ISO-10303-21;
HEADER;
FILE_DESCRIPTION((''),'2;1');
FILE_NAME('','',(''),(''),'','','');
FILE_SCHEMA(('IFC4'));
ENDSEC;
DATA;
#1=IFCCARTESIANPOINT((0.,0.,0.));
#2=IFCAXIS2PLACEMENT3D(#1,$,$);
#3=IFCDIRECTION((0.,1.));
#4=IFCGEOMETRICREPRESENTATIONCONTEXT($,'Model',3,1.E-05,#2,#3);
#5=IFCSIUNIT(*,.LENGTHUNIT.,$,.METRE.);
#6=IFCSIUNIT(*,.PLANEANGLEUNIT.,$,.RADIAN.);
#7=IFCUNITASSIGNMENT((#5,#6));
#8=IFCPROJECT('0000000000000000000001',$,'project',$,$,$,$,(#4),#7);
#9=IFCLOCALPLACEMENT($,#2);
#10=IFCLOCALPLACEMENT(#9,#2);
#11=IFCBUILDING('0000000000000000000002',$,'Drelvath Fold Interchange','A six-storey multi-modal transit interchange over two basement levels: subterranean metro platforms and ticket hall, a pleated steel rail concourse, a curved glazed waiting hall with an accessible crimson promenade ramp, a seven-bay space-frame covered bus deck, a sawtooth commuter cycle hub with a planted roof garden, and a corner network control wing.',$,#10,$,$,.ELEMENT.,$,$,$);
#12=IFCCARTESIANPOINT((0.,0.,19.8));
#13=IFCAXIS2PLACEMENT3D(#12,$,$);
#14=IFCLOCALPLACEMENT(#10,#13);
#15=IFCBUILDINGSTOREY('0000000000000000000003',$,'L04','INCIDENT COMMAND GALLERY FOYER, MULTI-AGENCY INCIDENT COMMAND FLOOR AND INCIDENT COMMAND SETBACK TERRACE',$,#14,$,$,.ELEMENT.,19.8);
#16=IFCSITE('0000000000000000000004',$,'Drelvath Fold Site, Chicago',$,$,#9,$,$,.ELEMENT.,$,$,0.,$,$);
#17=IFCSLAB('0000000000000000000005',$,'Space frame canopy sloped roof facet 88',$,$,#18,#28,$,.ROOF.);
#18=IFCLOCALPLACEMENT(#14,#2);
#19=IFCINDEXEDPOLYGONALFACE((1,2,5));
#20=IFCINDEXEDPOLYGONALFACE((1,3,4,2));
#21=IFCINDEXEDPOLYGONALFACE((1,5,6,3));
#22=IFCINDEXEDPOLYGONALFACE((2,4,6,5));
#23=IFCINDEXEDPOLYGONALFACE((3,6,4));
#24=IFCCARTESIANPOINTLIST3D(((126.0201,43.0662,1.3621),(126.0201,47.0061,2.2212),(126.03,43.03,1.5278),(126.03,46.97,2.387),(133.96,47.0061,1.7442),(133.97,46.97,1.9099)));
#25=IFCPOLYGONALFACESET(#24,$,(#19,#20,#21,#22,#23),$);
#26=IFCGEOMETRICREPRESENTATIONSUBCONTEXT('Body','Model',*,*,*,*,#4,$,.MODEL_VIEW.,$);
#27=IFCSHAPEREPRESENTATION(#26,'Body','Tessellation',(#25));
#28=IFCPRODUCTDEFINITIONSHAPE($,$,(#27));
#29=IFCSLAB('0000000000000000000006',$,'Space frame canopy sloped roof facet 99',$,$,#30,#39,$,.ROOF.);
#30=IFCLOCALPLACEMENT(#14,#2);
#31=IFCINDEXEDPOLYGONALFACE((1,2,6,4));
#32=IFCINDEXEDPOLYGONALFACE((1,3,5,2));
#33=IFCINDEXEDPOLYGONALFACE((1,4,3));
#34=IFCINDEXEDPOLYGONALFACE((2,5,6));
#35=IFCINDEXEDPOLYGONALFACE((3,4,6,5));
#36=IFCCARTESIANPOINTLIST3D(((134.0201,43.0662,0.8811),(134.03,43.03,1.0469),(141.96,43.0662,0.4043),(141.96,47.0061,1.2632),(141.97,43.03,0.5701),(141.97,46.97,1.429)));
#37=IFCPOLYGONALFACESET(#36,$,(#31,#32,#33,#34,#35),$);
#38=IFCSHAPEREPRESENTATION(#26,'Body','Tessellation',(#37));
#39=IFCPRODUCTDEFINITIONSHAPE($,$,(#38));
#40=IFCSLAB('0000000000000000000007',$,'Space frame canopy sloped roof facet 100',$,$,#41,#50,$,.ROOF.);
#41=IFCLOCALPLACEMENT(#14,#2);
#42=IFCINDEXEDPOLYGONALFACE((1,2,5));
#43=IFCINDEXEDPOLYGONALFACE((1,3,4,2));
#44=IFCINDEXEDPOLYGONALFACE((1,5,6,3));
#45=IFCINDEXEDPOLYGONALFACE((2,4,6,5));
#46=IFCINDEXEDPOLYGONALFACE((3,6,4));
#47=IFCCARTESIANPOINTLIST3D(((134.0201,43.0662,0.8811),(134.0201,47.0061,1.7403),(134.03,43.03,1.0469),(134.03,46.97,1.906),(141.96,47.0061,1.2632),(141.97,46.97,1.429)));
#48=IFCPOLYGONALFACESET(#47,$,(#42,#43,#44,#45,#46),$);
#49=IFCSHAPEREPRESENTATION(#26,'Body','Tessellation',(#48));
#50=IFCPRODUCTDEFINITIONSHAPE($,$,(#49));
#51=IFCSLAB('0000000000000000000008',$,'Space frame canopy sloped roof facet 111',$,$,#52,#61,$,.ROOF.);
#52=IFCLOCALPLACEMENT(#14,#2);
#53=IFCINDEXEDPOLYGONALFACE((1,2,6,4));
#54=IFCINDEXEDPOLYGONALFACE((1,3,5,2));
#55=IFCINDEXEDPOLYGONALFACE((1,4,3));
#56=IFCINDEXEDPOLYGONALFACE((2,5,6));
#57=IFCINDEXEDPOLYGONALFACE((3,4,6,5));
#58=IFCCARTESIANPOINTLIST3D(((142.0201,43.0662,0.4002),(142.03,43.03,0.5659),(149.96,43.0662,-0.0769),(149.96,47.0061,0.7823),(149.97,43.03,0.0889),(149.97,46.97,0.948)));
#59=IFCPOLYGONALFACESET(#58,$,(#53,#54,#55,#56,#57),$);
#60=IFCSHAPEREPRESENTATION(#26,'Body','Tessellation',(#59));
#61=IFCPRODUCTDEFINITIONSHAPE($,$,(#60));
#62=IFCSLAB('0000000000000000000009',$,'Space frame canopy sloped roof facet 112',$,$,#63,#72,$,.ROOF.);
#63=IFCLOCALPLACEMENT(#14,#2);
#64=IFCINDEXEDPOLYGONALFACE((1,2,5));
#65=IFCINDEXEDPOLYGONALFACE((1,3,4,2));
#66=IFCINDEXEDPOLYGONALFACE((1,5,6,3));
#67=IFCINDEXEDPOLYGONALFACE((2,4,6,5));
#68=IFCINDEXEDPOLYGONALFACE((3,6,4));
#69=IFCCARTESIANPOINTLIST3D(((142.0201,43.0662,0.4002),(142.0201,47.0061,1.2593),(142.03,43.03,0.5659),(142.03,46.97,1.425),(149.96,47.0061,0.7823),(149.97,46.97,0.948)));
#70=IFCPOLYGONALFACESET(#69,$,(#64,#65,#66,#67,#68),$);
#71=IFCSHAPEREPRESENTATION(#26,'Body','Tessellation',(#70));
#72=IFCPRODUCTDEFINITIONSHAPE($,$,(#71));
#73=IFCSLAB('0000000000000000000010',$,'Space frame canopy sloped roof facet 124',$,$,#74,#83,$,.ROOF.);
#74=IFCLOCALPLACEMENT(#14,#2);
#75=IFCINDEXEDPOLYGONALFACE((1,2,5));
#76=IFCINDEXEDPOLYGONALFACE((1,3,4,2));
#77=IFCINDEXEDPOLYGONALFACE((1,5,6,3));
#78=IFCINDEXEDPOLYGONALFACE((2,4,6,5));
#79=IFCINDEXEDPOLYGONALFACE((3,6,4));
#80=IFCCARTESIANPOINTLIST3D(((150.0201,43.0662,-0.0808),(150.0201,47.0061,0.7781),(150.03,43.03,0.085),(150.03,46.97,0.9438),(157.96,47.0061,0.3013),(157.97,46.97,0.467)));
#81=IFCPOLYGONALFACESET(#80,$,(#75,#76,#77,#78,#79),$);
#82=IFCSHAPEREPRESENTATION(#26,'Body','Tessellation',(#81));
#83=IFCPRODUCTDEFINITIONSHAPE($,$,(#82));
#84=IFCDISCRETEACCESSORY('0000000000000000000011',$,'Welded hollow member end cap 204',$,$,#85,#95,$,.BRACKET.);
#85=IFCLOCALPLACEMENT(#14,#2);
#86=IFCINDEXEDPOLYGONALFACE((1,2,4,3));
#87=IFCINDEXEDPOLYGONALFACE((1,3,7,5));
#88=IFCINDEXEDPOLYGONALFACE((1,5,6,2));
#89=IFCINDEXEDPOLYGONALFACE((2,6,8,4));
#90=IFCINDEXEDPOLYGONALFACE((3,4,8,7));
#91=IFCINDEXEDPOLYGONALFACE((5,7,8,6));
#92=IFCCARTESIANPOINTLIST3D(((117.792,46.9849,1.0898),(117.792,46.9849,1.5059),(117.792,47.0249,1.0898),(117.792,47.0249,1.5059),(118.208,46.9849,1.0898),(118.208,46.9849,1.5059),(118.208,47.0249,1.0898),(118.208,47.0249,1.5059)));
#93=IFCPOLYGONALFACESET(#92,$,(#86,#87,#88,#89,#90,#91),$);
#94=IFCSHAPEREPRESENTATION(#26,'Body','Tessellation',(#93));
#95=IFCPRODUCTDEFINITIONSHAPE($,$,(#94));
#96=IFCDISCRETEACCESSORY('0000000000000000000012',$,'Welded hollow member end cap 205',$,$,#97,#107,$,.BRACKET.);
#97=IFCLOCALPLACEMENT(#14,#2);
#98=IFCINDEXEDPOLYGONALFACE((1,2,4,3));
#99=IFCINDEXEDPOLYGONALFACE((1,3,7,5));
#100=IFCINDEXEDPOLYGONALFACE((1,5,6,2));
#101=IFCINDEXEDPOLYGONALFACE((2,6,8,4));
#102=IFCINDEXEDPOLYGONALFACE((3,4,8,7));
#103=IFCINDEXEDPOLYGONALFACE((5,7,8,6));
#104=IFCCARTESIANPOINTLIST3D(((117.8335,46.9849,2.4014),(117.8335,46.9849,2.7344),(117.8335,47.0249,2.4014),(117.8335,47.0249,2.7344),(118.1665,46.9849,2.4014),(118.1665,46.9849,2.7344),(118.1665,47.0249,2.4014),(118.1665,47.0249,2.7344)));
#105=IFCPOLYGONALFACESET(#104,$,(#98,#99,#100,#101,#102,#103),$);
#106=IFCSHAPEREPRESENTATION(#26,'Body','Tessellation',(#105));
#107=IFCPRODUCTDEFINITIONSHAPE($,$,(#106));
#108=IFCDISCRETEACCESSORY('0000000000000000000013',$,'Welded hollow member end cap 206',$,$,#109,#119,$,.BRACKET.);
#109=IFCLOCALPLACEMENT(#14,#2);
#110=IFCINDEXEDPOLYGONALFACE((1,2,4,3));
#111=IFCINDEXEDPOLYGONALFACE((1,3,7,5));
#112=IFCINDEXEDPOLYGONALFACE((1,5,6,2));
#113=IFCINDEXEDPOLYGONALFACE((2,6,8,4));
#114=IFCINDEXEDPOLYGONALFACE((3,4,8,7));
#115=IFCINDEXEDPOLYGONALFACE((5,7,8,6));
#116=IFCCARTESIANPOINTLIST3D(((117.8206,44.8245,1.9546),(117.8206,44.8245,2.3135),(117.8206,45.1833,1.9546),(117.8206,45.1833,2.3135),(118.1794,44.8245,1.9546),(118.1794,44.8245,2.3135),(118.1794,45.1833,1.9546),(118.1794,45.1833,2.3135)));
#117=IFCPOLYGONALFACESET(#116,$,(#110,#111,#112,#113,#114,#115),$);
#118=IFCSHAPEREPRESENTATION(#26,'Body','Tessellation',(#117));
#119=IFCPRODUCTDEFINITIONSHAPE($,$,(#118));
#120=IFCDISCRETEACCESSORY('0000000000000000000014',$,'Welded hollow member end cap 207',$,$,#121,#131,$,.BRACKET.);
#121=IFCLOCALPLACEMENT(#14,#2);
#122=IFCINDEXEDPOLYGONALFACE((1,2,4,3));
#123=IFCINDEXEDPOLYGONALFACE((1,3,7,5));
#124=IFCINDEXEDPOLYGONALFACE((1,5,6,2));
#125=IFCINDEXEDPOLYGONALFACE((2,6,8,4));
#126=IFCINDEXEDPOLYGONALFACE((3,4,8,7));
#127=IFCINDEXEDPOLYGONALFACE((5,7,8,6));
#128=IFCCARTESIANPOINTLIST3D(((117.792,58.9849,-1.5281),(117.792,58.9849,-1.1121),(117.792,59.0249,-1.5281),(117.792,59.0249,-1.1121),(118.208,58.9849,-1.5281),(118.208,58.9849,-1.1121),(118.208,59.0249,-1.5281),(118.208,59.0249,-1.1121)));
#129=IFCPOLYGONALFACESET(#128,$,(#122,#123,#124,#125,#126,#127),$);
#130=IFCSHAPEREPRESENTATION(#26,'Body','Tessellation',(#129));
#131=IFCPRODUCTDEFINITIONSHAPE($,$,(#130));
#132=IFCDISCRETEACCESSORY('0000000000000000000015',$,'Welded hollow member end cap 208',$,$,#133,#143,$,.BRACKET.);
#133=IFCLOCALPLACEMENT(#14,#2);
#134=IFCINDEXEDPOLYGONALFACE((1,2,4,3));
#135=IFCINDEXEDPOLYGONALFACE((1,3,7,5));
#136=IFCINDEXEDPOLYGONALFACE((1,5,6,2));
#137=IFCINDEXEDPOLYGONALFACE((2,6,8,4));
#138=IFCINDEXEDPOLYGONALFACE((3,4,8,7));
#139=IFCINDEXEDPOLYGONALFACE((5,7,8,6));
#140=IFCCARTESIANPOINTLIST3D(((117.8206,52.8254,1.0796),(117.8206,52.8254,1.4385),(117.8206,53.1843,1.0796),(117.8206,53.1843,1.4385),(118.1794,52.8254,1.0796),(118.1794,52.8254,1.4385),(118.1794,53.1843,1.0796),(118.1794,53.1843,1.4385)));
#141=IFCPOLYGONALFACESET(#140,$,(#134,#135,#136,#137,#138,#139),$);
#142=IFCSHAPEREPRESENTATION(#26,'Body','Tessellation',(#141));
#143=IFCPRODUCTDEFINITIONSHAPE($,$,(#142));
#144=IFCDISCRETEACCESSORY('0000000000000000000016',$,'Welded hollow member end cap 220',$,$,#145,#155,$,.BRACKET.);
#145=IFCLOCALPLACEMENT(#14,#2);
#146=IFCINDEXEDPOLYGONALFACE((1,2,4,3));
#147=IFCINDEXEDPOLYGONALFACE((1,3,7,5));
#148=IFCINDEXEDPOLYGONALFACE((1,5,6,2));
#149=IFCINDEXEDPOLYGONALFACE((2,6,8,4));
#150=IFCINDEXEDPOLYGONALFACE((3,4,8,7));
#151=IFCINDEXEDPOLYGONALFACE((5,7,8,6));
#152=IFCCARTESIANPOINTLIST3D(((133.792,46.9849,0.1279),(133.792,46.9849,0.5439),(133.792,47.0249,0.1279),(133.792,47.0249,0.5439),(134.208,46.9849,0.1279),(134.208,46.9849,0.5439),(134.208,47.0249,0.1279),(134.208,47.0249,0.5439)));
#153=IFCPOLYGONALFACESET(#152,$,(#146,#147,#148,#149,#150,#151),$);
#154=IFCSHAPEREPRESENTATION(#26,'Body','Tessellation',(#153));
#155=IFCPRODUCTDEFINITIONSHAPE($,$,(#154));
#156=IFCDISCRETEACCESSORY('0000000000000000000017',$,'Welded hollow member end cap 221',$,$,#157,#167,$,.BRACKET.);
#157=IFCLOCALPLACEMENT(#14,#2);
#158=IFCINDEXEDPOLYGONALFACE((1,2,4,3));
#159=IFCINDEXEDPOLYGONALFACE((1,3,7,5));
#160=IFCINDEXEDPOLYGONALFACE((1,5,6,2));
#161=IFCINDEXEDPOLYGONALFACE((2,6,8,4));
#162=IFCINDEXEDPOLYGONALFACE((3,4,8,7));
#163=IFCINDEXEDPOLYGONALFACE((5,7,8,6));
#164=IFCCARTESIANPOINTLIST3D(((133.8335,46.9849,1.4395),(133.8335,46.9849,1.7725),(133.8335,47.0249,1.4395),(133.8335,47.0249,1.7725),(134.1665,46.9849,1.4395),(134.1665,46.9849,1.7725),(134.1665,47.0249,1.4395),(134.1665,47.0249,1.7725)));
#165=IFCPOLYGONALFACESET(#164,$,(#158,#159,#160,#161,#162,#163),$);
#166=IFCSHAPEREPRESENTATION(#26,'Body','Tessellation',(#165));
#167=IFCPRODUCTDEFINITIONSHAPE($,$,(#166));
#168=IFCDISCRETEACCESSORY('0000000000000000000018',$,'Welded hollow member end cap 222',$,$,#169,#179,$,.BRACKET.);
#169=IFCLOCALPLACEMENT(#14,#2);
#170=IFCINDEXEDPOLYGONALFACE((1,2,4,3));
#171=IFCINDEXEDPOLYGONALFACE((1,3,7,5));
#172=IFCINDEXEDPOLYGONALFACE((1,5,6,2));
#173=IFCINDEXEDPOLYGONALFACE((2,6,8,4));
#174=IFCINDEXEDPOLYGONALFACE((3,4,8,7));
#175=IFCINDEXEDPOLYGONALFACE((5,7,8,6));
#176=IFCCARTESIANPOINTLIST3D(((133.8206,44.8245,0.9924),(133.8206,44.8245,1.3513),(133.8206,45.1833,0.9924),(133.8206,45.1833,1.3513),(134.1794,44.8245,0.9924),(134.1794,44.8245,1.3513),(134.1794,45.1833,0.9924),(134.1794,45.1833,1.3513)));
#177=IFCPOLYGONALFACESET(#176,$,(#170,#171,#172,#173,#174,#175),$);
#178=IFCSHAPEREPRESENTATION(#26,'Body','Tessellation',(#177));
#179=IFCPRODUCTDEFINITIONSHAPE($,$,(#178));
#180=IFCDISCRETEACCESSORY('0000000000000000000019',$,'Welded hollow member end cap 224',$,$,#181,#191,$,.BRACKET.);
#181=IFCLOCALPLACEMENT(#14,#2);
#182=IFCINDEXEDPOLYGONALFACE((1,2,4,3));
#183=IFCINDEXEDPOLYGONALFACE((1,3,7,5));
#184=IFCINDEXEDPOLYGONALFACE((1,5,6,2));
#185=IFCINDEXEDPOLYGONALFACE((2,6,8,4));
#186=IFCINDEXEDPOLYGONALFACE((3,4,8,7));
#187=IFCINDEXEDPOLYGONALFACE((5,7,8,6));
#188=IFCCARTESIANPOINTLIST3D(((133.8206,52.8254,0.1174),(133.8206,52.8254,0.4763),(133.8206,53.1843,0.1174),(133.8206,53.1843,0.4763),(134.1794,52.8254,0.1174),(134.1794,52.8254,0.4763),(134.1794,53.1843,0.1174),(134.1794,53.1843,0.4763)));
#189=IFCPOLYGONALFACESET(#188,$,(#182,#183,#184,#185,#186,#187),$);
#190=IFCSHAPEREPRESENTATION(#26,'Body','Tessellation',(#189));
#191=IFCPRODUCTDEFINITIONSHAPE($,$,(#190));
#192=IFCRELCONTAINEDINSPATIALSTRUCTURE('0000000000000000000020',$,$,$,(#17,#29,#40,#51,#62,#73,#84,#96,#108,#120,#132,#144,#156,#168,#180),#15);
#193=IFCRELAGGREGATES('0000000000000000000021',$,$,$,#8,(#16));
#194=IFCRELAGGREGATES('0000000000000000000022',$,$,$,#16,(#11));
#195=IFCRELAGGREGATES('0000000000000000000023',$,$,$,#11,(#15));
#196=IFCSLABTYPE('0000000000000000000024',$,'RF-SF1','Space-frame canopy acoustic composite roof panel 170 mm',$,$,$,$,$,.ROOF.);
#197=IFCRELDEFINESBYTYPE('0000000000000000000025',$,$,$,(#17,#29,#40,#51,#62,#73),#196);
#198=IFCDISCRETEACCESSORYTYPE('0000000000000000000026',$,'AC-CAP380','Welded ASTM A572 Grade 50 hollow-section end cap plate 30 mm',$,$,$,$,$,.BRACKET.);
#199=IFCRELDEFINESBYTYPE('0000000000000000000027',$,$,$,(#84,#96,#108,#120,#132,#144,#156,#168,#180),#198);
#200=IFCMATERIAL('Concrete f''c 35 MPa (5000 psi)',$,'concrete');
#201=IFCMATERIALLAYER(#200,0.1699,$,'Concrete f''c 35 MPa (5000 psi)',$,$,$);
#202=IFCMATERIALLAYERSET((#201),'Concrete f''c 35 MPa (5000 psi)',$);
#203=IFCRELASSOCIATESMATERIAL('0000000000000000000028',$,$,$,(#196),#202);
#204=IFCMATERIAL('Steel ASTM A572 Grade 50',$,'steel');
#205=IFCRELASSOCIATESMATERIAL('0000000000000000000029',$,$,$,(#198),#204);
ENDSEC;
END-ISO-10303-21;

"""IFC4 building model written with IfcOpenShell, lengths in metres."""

from ifc_helpers import new_model, si_unit, direction, frame, origin, origin_2d, place, context, subcontext, project, spatial, polyline, rectangle, outline, extrude, material, layer, layer_set, type_object, element, save


model = new_model("IFC4")

# Units and contexts
model_context = context("Model", 3, precision=1e-05, world=origin(), true_north=direction((0.0, 1.0)))
body_context = subcontext(model_context, "Body", "Model", "MODEL_VIEW")
ifc_project = project(units=[si_unit("LENGTHUNIT", "METRE"), si_unit("PLANEANGLEUNIT", "RADIAN")], contexts=[model_context])

# Site, building, storey
site_placement = place(None, origin())
site = spatial("IfcSite", under=ifc_project, at=site_placement, Name="Drelvath Fold Site, Chicago", CompositionType="ELEMENT", RefElevation=0.0)
building_placement = place(site_placement, origin())
building = spatial("IfcBuilding", under=site, at=building_placement, Name="Drelvath Fold Interchange", Description="A six-storey multi-modal transit interchange over two basement levels: subterranean metro platforms and ticket hall, a pleated steel rail concourse, a curved glazed waiting hall with an accessible crimson promenade ramp, a seven-bay space-frame covered bus deck, a sawtooth commuter cycle hub with a planted roof garden, and a corner network control wing.", CompositionType="ELEMENT")
storey_placement = place(building_placement, frame((0.0, 0.0, 19.8)))
storey = spatial("IfcBuildingStorey", under=building, at=storey_placement, Name="L04", Description="INCIDENT COMMAND GALLERY FOYER, MULTI-AGENCY INCIDENT COMMAND FLOOR AND INCIDENT COMMAND SETBACK TERRACE", CompositionType="ELEMENT", Elevation=19.8)

# Slabs
ifc_material_1 = material(Name="Concrete f'c 35 MPa (5000 psi)", Category="concrete")
ifc_layer = layer(ifc_material_1, 0.1699, Name="Concrete f'c 35 MPa (5000 psi)")
ifc_layer_set = layer_set([ifc_layer], Name="Concrete f'c 35 MPa (5000 psi)")
slab_type = type_object("IfcSlabType", Name="RF-SF1", Description="Space-frame canopy acoustic composite roof panel 170 mm", PredefinedType="ROOF", material=ifc_layer_set)
slab_1_placement = place(storey_placement, frame((126.03, 43.03, 1.5278), z_axis=(0.058602, -0.212684, 0.975362), x_axis=(0.894947, 0.444089, 0.043066)))
element("IfcSlab", 1, at=slab_1_placement, inside=storey, type_object=slab_type, Name="Space frame canopy sloped roof facet 88", PredefinedType="ROOF", context=body_context, shape_type="SweptSolid", body=[
    extrude(outline(polyline([(0.0, 0.0), (8.872, 0.0), (1.7867, 3.6151), (0.0, 0.0)])), origin(), (0.0, 0.0, -1.0), 0.1699),
])
slab_2_placement = place(storey_placement, frame((134.03, 43.03, 1.0469), z_axis=(0.058573, -0.212627, 0.975376), x_axis=(0.998202, 0.0, -0.059944)))
element("IfcSlab", 2, at=slab_2_placement, inside=storey, type_object=slab_type, Name="Space frame canopy sloped roof facet 99", PredefinedType="ROOF", context=body_context, shape_type="SweptSolid", body=[
    extrude(outline(polyline([(0.0, 0.0), (7.9542, 0.0), (7.9028, 4.0321), (0.0, 0.0)])), origin(), (0.0, 0.0, -1.0), 0.1699),
])
slab_3_placement = place(storey_placement, frame((134.03, 43.03, 1.0469), z_axis=(0.058602, -0.212684, 0.975362), x_axis=(0.894947, 0.444089, 0.043066)))
element("IfcSlab", 3, at=slab_3_placement, inside=storey, type_object=slab_type, Name="Space frame canopy sloped roof facet 100", PredefinedType="ROOF", context=body_context, shape_type="SweptSolid", body=[
    extrude(outline(polyline([(0.0, 0.0), (8.872, 0.0), (1.7867, 3.6151), (0.0, 0.0)])), origin(), (0.0, 0.0, -1.0), 0.1699),
])
slab_4_placement = place(storey_placement, frame((142.03, 43.03, 0.5659), z_axis=(0.058602, -0.212684, 0.975362), x_axis=(0.9982, 0.0, -0.059974)))
element("IfcSlab", 4, at=slab_4_placement, inside=storey, type_object=slab_type, Name="Space frame canopy sloped roof facet 111", PredefinedType="ROOF", context=body_context, shape_type="SweptSolid", body=[
    extrude(outline(polyline([(0.0, 0.0), (7.9543, 0.0), (7.9027, 4.0322), (0.0, 0.0)])), origin(), (0.0, 0.0, -1.0), 0.1699),
])
slab_5_placement = place(storey_placement, frame((142.03, 43.03, 0.5659), z_axis=(0.058602, -0.212684, 0.975362), x_axis=(0.894947, 0.444089, 0.043066)))
element("IfcSlab", 5, at=slab_5_placement, inside=storey, type_object=slab_type, Name="Space frame canopy sloped roof facet 112", PredefinedType="ROOF", context=body_context, shape_type="SweptSolid", body=[
    extrude(outline(polyline([(0.0, 0.0), (8.872, 0.0), (1.7867, 3.6151), (0.0, 0.0)])), origin(), (0.0, 0.0, -1.0), 0.1699),
])
slab_6_placement = place(storey_placement, frame((150.03, 43.03, 0.085), z_axis=(0.058573, -0.212627, 0.975376), x_axis=(0.894947, 0.444089, 0.043066)))
element("IfcSlab", 6, at=slab_6_placement, inside=storey, type_object=slab_type, Name="Space frame canopy sloped roof facet 124", PredefinedType="ROOF", context=body_context, shape_type="SweptSolid", body=[
    extrude(outline(polyline([(0.0, 0.0), (8.872, 0.0), (1.7867, 3.6151), (0.0, 0.0)])), origin(), (0.0, 0.0, -1.0), 0.1699),
])

# Discrete accessories
ifc_material_2 = material(Name="Steel ASTM A572 Grade 50", Category="steel")
discrete_accessory_type = type_object("IfcDiscreteAccessoryType", Name="AC-CAP380", Description="Welded ASTM A572 Grade 50 hollow-section end cap plate 30 mm", PredefinedType="BRACKET", material=ifc_material_2)
discrete_accessory_1_placement = place(storey_placement, frame((118.0, 47.0049, 1.0898), z_axis=(0.0, 0.0, 1.0), x_axis=(1.0, 0.0, 0.0)))
element("IfcDiscreteAccessory", 7, at=discrete_accessory_1_placement, inside=storey, type_object=discrete_accessory_type, Name="Welded hollow member end cap 204", PredefinedType="BRACKET", context=body_context, shape_type="SweptSolid", body=[
    extrude(rectangle(XDim=0.416, YDim=0.04, at=origin_2d()), origin(), (0.0, 0.0, 1.0), 0.416),
])
discrete_accessory_2_placement = place(storey_placement, frame((118.0, 47.0049, 2.4014), z_axis=(0.0, 0.0, 1.0), x_axis=(1.0, 0.0, 0.0)))
element("IfcDiscreteAccessory", 8, at=discrete_accessory_2_placement, inside=storey, type_object=discrete_accessory_type, Name="Welded hollow member end cap 205", PredefinedType="BRACKET", context=body_context, shape_type="SweptSolid", body=[
    extrude(rectangle(XDim=0.333, YDim=0.04, at=origin_2d()), origin(), (0.0, 0.0, 1.0), 0.333),
])
discrete_accessory_3_placement = place(storey_placement, frame((118.0, 45.0039, 1.9546), z_axis=(0.0, 0.0, 1.0), x_axis=(1.0, 0.0, 0.0)))
element("IfcDiscreteAccessory", 9, at=discrete_accessory_3_placement, inside=storey, type_object=discrete_accessory_type, Name="Welded hollow member end cap 206", PredefinedType="BRACKET", context=body_context, shape_type="SweptSolid", body=[
    extrude(rectangle(XDim=0.3589, YDim=0.3589, at=origin_2d()), origin(), (0.0, 0.0, 1.0), 0.3589),
])
discrete_accessory_4_placement = place(storey_placement, frame((118.0, 59.0049, -1.5281), z_axis=(0.0, 0.0, 1.0), x_axis=(1.0, 0.0, 0.0)))
element("IfcDiscreteAccessory", 10, at=discrete_accessory_4_placement, inside=storey, type_object=discrete_accessory_type, Name="Welded hollow member end cap 207", PredefinedType="BRACKET", context=body_context, shape_type="SweptSolid", body=[
    extrude(rectangle(XDim=0.416, YDim=0.04, at=origin_2d()), origin(), (0.0, 0.0, 1.0), 0.416),
])
discrete_accessory_5_placement = place(storey_placement, frame((118.0, 53.0049, 1.0796), z_axis=(0.0, 0.0, 1.0), x_axis=(1.0, 0.0, 0.0)))
element("IfcDiscreteAccessory", 11, at=discrete_accessory_5_placement, inside=storey, type_object=discrete_accessory_type, Name="Welded hollow member end cap 208", PredefinedType="BRACKET", context=body_context, shape_type="SweptSolid", body=[
    extrude(rectangle(XDim=0.3589, YDim=0.3589, at=origin_2d()), origin(), (0.0, 0.0, 1.0), 0.3589),
])
discrete_accessory_6_placement = place(storey_placement, frame((134.0, 47.0049, 0.1279), z_axis=(0.0, 0.0, 1.0), x_axis=(1.0, 0.0, 0.0)))
element("IfcDiscreteAccessory", 12, at=discrete_accessory_6_placement, inside=storey, type_object=discrete_accessory_type, Name="Welded hollow member end cap 220", PredefinedType="BRACKET", context=body_context, shape_type="SweptSolid", body=[
    extrude(rectangle(XDim=0.416, YDim=0.04, at=origin_2d()), origin(), (0.0, 0.0, 1.0), 0.416),
])
discrete_accessory_7_placement = place(storey_placement, frame((134.0, 47.0049, 1.4395), z_axis=(0.0, 0.0, 1.0), x_axis=(1.0, 0.0, 0.0)))
element("IfcDiscreteAccessory", 13, at=discrete_accessory_7_placement, inside=storey, type_object=discrete_accessory_type, Name="Welded hollow member end cap 221", PredefinedType="BRACKET", context=body_context, shape_type="SweptSolid", body=[
    extrude(rectangle(XDim=0.333, YDim=0.04, at=origin_2d()), origin(), (0.0, 0.0, 1.0), 0.333),
])
for number, where, z_axis, x_axis, name in (
    (14, (134.0, 45.0039, 0.9924), (0.0, 0.0, 1.0), (1.0, 0.0, 0.0), "Welded hollow member end cap 222"),
    (15, (134.0, 53.0049, 0.1174), (0.0, 0.0, 1.0), (1.0, 0.0, 0.0), "Welded hollow member end cap 224"),
):
    element("IfcDiscreteAccessory", number, at=place(storey_placement, frame(where, z_axis=z_axis, x_axis=x_axis)), inside=storey, type_object=discrete_accessory_type, Name=name, PredefinedType="BRACKET", context=body_context, shape_type="SweptSolid", body=[
        extrude(rectangle(XDim=0.3589, YDim=0.3589, at=origin_2d()), origin(), (0.0, 0.0, 1.0), 0.3589),
    ])

save(model, "model.ifc")
